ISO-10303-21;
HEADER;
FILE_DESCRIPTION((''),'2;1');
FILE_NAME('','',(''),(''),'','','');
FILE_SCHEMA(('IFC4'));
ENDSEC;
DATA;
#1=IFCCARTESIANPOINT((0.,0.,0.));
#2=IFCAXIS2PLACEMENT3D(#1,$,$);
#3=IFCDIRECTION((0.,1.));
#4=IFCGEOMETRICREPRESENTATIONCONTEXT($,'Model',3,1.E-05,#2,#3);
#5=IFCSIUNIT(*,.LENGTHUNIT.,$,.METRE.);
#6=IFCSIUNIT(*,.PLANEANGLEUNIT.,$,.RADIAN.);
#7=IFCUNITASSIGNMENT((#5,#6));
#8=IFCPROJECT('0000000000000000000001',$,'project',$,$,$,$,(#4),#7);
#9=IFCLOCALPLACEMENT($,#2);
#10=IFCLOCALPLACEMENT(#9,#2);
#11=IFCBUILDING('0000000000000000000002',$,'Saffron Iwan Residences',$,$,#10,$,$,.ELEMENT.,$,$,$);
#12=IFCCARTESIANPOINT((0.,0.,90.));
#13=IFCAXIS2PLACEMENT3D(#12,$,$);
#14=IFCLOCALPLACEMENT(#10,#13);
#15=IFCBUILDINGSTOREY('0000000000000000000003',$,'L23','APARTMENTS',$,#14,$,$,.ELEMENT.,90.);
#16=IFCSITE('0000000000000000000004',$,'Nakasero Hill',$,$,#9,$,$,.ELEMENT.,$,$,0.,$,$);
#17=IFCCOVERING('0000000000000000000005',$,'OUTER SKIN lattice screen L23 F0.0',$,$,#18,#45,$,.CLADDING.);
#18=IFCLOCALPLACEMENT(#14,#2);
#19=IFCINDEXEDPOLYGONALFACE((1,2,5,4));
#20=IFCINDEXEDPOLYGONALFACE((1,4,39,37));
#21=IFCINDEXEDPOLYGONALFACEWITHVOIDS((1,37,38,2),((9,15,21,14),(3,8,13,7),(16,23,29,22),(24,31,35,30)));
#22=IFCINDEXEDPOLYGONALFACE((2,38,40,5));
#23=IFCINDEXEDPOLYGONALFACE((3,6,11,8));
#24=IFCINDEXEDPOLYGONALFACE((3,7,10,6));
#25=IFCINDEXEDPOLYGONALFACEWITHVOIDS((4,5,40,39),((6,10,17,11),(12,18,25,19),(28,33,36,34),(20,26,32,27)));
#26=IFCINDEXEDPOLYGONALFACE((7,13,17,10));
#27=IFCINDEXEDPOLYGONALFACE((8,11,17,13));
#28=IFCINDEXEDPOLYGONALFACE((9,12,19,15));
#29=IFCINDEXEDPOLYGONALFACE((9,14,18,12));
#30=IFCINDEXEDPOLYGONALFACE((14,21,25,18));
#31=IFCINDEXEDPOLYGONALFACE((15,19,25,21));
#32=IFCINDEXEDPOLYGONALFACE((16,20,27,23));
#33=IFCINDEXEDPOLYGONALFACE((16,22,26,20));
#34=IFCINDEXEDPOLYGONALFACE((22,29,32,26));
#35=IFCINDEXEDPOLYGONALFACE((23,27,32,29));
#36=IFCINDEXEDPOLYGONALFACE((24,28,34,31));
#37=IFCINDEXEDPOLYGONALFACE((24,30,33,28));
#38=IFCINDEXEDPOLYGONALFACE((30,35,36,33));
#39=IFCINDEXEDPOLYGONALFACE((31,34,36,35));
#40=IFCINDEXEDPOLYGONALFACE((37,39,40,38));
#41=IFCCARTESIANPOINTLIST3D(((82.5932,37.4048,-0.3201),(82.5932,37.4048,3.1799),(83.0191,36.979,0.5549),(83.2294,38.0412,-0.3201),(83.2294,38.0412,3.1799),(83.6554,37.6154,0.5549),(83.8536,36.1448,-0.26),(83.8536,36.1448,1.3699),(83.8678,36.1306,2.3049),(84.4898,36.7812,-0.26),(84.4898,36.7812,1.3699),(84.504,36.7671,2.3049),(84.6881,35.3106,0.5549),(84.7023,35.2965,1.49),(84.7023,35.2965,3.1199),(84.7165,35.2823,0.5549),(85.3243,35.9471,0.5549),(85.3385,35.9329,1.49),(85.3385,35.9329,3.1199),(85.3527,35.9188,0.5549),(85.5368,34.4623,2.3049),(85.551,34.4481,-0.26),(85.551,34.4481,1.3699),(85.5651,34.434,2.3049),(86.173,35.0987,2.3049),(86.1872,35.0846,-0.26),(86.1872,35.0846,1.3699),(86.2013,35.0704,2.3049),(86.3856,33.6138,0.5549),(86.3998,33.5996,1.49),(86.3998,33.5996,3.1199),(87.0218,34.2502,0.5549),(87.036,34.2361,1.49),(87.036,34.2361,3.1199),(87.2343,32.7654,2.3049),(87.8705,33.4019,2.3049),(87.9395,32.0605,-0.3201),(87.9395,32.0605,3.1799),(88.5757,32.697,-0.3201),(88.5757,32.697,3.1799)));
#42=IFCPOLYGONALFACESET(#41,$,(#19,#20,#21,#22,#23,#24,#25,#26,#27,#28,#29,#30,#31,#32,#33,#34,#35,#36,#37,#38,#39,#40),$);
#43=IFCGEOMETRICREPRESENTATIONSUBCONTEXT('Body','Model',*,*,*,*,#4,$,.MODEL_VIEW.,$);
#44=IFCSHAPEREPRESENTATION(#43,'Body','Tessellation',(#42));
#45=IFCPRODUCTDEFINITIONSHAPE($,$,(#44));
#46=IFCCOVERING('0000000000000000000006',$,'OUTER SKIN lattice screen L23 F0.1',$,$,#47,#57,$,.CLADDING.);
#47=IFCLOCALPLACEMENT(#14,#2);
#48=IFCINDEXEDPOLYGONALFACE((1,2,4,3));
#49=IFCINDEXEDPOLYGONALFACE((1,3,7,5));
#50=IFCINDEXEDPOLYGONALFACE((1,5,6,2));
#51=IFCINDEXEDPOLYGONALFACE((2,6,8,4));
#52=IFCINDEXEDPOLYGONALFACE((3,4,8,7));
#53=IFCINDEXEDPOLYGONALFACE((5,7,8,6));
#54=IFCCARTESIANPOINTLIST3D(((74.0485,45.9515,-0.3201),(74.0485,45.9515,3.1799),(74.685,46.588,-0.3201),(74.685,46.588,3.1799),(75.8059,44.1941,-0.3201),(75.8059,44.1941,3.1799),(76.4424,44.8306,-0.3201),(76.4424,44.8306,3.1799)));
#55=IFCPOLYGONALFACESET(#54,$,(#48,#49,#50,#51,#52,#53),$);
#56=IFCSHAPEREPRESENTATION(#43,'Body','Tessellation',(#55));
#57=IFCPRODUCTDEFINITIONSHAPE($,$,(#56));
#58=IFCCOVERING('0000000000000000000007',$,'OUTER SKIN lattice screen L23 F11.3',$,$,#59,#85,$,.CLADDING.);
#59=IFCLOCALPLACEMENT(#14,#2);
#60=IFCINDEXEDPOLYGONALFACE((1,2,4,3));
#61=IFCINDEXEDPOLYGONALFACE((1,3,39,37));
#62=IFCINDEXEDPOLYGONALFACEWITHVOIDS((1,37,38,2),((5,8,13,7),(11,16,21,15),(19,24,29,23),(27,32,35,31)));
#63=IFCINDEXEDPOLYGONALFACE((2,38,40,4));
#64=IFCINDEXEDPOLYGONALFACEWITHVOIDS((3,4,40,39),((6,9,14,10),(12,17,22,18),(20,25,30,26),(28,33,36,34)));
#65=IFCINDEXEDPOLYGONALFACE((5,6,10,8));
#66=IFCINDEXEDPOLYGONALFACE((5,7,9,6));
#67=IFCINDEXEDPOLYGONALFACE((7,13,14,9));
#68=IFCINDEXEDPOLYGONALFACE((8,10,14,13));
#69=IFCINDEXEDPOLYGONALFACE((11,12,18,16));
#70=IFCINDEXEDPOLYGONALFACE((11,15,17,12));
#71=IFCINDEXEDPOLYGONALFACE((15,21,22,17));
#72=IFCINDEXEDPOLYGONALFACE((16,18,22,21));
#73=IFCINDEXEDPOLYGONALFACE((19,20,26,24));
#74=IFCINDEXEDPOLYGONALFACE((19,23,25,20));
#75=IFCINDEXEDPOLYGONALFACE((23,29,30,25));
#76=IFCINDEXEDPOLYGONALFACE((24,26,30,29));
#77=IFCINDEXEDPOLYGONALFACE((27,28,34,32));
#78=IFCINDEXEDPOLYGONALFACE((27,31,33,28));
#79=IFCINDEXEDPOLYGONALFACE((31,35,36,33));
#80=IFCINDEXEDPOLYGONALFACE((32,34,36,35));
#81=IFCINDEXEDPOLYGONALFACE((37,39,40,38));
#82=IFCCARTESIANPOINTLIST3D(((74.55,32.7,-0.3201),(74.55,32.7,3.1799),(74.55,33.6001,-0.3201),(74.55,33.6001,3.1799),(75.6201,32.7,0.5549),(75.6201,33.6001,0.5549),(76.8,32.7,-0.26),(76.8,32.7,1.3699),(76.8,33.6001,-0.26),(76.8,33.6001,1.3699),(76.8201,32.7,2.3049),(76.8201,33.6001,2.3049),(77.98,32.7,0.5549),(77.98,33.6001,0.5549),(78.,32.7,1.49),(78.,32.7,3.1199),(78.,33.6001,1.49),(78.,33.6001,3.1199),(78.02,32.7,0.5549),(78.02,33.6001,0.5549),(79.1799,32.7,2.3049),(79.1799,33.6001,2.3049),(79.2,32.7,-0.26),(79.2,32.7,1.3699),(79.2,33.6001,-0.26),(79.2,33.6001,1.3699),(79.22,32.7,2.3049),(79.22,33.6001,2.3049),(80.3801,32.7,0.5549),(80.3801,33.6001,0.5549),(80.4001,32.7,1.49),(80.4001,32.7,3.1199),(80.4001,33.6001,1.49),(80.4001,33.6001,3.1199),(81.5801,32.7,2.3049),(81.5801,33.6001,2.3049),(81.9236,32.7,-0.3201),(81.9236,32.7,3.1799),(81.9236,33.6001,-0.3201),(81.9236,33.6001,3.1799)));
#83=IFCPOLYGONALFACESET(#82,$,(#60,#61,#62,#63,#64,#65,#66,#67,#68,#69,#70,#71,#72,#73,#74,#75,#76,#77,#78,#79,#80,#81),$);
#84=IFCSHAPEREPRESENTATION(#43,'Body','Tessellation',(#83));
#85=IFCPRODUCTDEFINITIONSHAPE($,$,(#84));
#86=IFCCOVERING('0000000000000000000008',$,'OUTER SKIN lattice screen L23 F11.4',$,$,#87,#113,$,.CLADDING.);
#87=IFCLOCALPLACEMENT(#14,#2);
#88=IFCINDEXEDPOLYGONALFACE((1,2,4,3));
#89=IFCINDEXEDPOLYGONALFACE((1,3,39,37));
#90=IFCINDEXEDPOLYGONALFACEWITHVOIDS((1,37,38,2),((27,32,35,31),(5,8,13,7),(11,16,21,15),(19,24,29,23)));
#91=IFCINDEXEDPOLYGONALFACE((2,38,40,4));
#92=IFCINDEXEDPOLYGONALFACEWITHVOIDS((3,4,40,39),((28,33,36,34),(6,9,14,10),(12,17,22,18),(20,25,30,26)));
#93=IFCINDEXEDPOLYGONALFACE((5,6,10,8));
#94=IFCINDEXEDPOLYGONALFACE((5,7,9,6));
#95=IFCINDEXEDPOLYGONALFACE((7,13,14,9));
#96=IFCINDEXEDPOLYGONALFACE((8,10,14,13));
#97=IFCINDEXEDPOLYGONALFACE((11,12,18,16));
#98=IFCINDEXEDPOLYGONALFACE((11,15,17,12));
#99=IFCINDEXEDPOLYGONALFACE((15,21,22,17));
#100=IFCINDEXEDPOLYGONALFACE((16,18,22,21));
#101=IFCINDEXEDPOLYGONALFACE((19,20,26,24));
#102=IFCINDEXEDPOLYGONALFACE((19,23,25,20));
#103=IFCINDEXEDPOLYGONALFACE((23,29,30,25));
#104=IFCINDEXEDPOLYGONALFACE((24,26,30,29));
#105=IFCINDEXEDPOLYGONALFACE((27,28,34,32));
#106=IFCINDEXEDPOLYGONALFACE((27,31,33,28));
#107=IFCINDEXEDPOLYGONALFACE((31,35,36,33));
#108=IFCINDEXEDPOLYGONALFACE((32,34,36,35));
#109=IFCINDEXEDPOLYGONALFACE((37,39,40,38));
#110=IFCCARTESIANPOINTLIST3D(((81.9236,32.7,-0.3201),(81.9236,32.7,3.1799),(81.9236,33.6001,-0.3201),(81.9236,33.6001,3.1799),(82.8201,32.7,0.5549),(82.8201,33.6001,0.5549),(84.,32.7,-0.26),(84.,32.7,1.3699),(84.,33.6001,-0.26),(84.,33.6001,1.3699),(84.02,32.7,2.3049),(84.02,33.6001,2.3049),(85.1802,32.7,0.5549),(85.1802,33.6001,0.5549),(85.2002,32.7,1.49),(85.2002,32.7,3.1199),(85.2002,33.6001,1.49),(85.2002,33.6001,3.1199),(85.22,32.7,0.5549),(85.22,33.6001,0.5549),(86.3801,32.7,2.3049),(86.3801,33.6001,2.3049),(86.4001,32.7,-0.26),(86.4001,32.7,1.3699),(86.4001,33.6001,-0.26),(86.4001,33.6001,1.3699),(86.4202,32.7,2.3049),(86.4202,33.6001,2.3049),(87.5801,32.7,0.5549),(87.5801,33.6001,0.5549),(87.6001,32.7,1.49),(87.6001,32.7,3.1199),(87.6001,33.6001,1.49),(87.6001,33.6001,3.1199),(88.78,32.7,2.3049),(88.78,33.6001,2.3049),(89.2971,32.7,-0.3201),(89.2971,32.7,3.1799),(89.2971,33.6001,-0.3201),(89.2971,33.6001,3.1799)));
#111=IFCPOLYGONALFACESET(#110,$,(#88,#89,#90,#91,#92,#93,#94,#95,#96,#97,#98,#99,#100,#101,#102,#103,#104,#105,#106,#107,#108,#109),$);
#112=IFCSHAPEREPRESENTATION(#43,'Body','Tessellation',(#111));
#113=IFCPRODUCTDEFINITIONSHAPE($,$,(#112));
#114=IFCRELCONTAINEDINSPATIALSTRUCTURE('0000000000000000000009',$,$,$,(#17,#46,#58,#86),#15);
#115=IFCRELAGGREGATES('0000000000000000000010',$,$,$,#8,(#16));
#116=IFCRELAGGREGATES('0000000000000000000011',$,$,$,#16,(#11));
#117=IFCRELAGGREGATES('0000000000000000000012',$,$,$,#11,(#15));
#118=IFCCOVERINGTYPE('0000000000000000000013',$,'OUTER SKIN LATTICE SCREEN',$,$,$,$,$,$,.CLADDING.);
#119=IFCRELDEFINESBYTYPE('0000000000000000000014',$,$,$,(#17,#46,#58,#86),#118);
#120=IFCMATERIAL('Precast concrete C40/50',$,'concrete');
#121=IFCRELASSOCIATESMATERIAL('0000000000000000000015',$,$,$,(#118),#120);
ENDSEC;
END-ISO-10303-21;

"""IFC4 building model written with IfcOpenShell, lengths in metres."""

from ifc_helpers import new_model, si_unit, direction, frame, origin, place, context, subcontext, project, spatial, polyline, outline, extrude, material, type_object, element, save


model = new_model("IFC4")

# Units and contexts
model_context = context("Model", 3, precision=1e-05, world=origin(), true_north=direction((0.0, 1.0)))
body_context = subcontext(model_context, "Body", "Model", "MODEL_VIEW")
ifc_project = project(units=[si_unit("LENGTHUNIT", "METRE"), si_unit("PLANEANGLEUNIT", "RADIAN")], contexts=[model_context])

# Site, building, storey
site_placement = place(None, origin())
site = spatial("IfcSite", under=ifc_project, at=site_placement, Name="Nakasero Hill", CompositionType="ELEMENT", RefElevation=0.0)
building_placement = place(site_placement, origin())
building = spatial("IfcBuilding", under=site, at=building_placement, Name="Saffron Iwan Residences", CompositionType="ELEMENT")
storey_placement = place(building_placement, frame((0.0, 0.0, 90.0)))
storey = spatial("IfcBuildingStorey", under=building, at=storey_placement, Name="L23", Description="APARTMENTS", CompositionType="ELEMENT", Elevation=90.0)

# Coverings
ifc_material_1 = material(Name="Precast concrete C40/50", Category="concrete")
covering_type = type_object("IfcCoveringType", Name="OUTER SKIN LATTICE SCREEN", PredefinedType="CLADDING", material=ifc_material_1)
covering_1_placement = place(storey_placement, frame((87.9395, 32.0605, -0.3201), z_axis=(0.706971, 0.707242, 0.0), x_axis=(-0.707242, 0.706971, 0.0)))
element("IfcCovering", 1, at=covering_1_placement, inside=storey, type_object=covering_type, Name="OUTER SKIN lattice screen L23 F0.0", PredefinedType="CLADDING", context=body_context, shape_type="SweptSolid", body=[
    extrude(outline(polyline([(0.0, 0.0), (7.5593, 0.0), (7.5593, 3.5), (0.0, 3.5), (0.0, 0.0)]), holes=[polyline([(2.197, 0.875), (3.3772, 0.0601), (4.5571, 0.875), (3.3772, 1.6899), (2.197, 0.875)]), polyline([(4.5972, 0.875), (5.7771, 0.0601), (6.957, 0.875), (5.7771, 1.6899), (4.5972, 0.875)]), polyline([(0.9971, 2.625), (2.177, 1.8101), (3.3572, 2.625), (2.177, 3.4399), (0.9971, 2.625)]), polyline([(3.3972, 2.625), (4.5771, 1.8101), (5.7571, 2.625), (4.5771, 3.4399), (3.3972, 2.625)])]), origin(), (0.0, 0.0, 1.0), 0.8999),
])
covering_2_placement = place(storey_placement, frame((75.8059, 44.1941, -0.3201), z_axis=(0.707107, 0.707107, 0.0), x_axis=(-0.707107, 0.707107, 0.0)))
element("IfcCovering", 2, at=covering_2_placement, inside=storey, type_object=covering_type, Name="OUTER SKIN lattice screen L23 F0.1", PredefinedType="CLADDING", context=body_context, shape_type="SweptSolid", body=[
    extrude(outline(polyline([(0.0, 0.0), (2.4854, 0.0), (2.4854, 3.5), (0.0, 3.5), (0.0, 0.0)])), origin(), (0.0, 0.0, 1.0), 0.9001),
])
covering_3_placement = place(storey_placement, frame((74.55, 33.6001, -0.3201), z_axis=(0.0, -1.0, 0.0), x_axis=(1.0, 0.0, 0.0)))
element("IfcCovering", 3, at=covering_3_placement, inside=storey, type_object=covering_type, Name="OUTER SKIN lattice screen L23 F11.3", PredefinedType="CLADDING", context=body_context, shape_type="SweptSolid", body=[
    extrude(outline(polyline([(0.0, 0.0), (7.3735, 0.0), (7.3735, 3.5), (0.0, 3.5), (0.0, 0.0)]), holes=[polyline([(1.0701, 0.875), (2.25, 0.0601), (3.4299, 0.875), (2.25, 1.6899), (1.0701, 0.875)]), polyline([(3.47, 0.875), (4.6499, 0.0601), (5.8301, 0.875), (4.6499, 1.6899), (3.47, 0.875)]), polyline([(2.27, 2.625), (3.45, 1.8101), (4.6299, 2.625), (3.45, 3.4399), (2.27, 2.625)]), polyline([(4.6699, 2.625), (5.8501, 1.8101), (7.03, 2.625), (5.8501, 3.4399), (4.6699, 2.625)])]), origin(), (0.0, 0.0, 1.0), 0.9001),
])
covering_4_placement = place(storey_placement, frame((81.9236, 33.6001, -0.3201), z_axis=(0.0, -1.0, 0.0), x_axis=(1.0, 0.0, 0.0)))
element("IfcCovering", 4, at=covering_4_placement, inside=storey, type_object=covering_type, Name="OUTER SKIN lattice screen L23 F11.4", PredefinedType="CLADDING", context=body_context, shape_type="SweptSolid", body=[
    extrude(outline(polyline([(0.0, 0.0), (7.3735, 0.0), (7.3735, 3.5), (0.0, 3.5), (0.0, 0.0)]), holes=[polyline([(0.8965, 0.875), (2.0764, 0.0601), (3.2566, 0.875), (2.0764, 1.6899), (0.8965, 0.875)]), polyline([(3.2964, 0.875), (4.4766, 0.0601), (5.6565, 0.875), (4.4766, 1.6899), (3.2964, 0.875)]), polyline([(2.0964, 2.625), (3.2766, 1.8101), (4.4565, 2.625), (3.2766, 3.4399), (2.0964, 2.625)]), polyline([(4.4966, 2.625), (5.6765, 1.8101), (6.8564, 2.625), (5.6765, 3.4399), (4.4966, 2.625)])]), origin(), (0.0, 0.0, 1.0), 0.9001),
])

save(model, "model.ifc")
